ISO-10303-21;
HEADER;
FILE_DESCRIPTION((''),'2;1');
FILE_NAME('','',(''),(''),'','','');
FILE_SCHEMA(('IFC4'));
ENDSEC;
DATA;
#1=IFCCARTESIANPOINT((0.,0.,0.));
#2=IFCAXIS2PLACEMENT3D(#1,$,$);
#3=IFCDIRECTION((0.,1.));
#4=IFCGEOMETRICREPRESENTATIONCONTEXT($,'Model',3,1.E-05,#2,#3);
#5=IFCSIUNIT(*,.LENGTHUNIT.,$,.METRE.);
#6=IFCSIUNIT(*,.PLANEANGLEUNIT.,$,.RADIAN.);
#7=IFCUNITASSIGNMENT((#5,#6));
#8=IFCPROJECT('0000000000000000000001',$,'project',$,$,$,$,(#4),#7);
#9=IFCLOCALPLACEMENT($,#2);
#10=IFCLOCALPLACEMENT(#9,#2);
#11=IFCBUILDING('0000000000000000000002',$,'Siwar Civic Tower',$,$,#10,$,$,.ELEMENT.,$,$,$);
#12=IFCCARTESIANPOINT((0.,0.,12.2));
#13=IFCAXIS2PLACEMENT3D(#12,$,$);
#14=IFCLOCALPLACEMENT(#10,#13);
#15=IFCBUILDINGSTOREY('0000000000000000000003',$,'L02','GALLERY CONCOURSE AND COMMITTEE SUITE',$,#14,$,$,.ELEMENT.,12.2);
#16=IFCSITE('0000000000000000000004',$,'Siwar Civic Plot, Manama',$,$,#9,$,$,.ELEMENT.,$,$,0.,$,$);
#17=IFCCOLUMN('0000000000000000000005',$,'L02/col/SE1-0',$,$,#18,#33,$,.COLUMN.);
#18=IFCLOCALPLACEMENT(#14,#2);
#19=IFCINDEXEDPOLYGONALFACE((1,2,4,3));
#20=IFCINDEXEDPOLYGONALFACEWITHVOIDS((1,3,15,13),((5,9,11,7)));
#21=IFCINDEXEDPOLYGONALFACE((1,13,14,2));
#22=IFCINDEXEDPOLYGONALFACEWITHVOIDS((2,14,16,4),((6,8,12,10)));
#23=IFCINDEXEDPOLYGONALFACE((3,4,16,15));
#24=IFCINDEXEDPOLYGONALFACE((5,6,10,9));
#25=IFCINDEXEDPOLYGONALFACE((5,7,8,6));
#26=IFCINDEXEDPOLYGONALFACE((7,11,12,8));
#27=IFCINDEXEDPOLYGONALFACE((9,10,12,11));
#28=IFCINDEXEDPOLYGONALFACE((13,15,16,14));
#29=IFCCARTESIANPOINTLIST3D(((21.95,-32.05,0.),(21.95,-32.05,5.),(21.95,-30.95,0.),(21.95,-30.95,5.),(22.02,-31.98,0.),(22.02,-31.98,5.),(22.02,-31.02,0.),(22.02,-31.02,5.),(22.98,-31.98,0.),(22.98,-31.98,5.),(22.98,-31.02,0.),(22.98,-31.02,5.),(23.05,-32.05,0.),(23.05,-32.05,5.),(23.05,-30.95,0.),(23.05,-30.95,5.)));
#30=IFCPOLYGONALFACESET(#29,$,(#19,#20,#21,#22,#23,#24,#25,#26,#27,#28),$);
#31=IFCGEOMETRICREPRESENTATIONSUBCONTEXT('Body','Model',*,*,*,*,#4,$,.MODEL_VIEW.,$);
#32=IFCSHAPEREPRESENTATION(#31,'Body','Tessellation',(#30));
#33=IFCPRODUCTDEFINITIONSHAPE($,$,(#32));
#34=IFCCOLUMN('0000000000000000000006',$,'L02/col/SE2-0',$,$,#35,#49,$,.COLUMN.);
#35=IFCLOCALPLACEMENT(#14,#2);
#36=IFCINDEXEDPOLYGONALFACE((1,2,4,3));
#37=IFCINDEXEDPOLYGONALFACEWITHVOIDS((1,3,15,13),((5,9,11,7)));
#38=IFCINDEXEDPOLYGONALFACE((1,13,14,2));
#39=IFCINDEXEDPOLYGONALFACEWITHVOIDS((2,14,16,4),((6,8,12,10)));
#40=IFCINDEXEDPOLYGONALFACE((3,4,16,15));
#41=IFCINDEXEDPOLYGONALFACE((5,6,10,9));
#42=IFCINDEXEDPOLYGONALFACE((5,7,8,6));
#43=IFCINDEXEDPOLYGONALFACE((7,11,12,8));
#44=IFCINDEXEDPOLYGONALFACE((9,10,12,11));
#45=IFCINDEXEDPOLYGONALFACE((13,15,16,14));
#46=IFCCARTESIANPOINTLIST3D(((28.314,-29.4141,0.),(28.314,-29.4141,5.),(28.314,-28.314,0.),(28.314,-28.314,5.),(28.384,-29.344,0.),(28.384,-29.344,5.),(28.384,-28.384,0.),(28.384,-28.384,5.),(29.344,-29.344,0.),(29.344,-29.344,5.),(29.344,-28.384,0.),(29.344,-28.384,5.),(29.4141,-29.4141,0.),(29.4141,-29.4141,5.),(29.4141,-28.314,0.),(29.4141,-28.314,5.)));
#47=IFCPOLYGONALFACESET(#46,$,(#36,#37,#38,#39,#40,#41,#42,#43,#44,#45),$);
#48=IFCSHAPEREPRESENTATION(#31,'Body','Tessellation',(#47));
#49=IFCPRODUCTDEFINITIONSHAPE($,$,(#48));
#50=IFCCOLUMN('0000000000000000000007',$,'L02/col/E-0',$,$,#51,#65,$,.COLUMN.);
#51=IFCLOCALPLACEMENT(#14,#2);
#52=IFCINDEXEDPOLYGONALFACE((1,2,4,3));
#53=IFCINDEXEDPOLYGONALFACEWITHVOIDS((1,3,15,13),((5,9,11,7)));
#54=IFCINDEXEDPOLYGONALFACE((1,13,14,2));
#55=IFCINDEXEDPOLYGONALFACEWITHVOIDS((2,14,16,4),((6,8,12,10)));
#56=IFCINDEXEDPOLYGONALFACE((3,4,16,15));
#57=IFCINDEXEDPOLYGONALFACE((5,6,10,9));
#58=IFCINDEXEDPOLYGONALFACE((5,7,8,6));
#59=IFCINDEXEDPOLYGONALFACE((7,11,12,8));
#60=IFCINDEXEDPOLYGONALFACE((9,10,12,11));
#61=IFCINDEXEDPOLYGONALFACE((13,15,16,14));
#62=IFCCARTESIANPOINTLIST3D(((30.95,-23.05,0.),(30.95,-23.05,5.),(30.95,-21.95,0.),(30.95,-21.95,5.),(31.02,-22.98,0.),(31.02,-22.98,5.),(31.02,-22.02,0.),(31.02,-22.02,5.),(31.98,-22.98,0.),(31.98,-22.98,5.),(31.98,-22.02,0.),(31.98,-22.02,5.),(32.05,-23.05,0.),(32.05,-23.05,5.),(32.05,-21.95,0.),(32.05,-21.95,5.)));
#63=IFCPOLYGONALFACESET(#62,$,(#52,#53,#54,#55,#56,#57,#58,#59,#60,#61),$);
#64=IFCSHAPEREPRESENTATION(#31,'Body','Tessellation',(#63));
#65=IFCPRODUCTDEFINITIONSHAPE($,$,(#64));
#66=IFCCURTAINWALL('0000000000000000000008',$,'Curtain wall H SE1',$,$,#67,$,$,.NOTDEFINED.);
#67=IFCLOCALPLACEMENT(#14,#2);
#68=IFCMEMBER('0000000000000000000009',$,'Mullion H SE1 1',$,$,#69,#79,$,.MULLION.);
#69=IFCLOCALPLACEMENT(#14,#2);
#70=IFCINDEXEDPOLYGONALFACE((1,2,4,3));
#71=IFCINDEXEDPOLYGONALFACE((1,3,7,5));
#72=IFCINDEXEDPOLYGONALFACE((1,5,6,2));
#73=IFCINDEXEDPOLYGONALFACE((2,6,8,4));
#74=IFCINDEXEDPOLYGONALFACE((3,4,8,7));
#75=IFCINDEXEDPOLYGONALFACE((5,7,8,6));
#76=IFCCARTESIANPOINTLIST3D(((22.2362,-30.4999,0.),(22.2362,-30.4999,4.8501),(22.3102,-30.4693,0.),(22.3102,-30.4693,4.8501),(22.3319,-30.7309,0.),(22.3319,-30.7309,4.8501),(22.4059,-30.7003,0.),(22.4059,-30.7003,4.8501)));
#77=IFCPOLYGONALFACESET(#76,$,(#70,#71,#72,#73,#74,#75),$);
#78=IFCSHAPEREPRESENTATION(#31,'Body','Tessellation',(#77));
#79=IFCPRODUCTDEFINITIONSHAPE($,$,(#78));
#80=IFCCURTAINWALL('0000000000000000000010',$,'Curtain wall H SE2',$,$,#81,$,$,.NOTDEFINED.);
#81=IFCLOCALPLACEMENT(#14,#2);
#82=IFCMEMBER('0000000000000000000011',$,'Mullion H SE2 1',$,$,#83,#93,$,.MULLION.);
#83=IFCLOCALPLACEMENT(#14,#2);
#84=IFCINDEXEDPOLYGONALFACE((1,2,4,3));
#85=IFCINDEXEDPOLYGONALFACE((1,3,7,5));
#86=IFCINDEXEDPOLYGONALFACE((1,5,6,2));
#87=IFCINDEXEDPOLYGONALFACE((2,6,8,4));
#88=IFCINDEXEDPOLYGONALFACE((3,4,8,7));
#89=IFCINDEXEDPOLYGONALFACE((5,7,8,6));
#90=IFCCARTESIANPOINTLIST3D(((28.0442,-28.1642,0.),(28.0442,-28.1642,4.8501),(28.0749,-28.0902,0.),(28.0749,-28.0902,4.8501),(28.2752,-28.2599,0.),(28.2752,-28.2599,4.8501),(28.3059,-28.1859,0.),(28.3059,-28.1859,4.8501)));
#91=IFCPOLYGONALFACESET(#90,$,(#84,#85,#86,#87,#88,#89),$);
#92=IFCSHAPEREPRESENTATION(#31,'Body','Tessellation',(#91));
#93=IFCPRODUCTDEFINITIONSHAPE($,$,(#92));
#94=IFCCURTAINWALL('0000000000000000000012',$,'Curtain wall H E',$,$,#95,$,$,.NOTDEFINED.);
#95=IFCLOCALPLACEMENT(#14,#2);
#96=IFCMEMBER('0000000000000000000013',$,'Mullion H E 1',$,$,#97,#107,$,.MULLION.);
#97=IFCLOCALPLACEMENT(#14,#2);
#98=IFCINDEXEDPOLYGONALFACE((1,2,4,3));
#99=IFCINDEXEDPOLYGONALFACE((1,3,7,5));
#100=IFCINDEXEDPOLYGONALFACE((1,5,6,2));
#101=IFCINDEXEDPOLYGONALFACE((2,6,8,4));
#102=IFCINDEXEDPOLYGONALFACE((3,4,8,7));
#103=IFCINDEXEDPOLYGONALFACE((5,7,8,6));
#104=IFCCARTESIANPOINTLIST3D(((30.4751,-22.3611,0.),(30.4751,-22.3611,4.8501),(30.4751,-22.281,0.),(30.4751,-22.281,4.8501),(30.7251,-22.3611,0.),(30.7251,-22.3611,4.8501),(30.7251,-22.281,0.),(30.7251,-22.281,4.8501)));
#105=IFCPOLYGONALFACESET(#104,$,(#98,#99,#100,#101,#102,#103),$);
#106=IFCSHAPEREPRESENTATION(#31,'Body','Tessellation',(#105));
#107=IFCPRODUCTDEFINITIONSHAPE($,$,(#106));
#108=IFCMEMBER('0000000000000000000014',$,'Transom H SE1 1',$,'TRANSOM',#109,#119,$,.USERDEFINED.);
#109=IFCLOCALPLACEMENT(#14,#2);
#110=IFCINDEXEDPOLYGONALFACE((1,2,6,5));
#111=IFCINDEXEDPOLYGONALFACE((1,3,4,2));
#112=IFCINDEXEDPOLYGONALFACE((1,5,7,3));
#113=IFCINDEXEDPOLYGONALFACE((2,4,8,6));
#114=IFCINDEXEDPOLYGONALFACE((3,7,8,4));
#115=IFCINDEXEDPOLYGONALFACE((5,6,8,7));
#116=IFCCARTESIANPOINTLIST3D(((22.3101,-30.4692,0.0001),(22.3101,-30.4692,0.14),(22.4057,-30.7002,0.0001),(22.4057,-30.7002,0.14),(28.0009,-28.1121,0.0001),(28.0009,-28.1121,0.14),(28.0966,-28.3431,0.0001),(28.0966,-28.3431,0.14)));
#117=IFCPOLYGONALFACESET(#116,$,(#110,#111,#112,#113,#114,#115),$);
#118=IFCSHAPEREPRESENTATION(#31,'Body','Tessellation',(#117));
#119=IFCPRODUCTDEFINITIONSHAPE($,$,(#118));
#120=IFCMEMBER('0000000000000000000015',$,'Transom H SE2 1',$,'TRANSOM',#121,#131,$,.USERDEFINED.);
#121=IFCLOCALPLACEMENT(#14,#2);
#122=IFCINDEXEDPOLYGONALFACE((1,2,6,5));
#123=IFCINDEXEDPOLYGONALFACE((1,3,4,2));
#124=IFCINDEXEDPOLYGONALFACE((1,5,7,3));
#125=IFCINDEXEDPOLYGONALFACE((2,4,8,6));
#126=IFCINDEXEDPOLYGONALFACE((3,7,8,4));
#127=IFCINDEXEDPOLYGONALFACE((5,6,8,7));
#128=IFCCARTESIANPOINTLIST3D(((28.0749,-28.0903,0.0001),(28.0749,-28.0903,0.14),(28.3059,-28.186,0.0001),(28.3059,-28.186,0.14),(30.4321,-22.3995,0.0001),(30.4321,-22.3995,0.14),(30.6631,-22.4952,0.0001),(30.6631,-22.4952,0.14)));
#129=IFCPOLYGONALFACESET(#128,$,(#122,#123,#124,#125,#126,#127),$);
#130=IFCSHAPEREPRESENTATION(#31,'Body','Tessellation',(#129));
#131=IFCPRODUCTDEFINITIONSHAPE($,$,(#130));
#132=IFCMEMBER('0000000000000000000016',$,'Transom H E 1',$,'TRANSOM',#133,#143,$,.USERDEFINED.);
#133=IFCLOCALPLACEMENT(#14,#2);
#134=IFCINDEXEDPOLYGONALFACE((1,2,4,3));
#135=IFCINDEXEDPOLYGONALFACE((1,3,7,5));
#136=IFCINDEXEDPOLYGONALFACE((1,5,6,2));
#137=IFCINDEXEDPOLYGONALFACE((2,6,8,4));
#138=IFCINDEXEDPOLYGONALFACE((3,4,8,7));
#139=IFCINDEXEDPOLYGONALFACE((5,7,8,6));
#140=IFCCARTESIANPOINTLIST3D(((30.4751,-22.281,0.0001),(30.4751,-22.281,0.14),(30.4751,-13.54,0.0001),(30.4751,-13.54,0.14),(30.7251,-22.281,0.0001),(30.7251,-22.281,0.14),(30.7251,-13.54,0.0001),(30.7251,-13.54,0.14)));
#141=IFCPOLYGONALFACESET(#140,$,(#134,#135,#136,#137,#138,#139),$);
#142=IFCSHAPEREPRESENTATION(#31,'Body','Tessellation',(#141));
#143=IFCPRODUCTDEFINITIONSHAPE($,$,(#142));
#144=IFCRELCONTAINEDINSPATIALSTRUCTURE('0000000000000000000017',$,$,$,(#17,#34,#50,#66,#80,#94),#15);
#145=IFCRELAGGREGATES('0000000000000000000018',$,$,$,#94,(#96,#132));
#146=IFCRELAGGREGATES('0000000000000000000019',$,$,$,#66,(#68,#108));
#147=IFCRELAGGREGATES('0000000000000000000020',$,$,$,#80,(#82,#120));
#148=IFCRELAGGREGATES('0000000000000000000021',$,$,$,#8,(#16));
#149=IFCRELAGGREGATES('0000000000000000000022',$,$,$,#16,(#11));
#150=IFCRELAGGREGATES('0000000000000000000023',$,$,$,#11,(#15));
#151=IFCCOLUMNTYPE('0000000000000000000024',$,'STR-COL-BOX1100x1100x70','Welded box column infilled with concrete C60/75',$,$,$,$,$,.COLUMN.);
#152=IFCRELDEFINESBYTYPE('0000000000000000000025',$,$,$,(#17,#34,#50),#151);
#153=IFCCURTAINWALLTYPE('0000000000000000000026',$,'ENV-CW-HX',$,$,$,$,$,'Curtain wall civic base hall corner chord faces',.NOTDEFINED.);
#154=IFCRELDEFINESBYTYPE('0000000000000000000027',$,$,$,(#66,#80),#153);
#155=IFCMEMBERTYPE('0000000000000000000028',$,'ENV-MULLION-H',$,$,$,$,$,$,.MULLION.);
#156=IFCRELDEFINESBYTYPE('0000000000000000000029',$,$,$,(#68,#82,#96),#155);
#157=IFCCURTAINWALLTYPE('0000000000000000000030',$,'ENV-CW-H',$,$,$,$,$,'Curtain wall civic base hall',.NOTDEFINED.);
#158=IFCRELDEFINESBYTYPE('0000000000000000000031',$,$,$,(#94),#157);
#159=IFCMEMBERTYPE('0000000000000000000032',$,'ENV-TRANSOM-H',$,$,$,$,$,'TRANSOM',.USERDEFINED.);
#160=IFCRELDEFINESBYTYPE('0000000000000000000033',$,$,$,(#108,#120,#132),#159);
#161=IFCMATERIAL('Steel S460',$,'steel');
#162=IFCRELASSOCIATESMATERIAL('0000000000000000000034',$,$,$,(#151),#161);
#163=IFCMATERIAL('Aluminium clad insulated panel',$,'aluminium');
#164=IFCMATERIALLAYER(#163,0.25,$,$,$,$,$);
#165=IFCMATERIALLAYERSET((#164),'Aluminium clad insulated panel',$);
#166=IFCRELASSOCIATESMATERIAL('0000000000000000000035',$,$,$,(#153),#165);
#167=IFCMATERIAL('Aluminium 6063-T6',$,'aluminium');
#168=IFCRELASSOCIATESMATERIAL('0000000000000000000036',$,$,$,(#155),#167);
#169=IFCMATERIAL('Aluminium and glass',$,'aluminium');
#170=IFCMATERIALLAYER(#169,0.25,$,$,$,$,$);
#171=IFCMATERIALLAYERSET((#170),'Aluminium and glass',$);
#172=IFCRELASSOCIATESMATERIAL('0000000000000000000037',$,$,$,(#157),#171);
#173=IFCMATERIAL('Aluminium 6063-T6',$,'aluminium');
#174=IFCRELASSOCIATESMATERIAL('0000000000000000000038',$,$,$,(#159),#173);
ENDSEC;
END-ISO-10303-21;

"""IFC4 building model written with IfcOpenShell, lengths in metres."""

from ifc_helpers import new_model, si_unit, direction, frame, origin, origin_2d, place, context, subcontext, project, spatial, rectangle, hollow_rectangle, extrude, material, layer, layer_set, material_profile, profile_set, type_object, element, aggregate, save


model = new_model("IFC4")

# Units and contexts
model_context = context("Model", 3, precision=1e-05, world=origin(), true_north=direction((0.0, 1.0)))
body_context = subcontext(model_context, "Body", "Model", "MODEL_VIEW")
ifc_project = project(units=[si_unit("LENGTHUNIT", "METRE"), si_unit("PLANEANGLEUNIT", "RADIAN")], contexts=[model_context])

# Site, building, storey
site_placement = place(None, origin())
site = spatial("IfcSite", under=ifc_project, at=site_placement, Name="Siwar Civic Plot, Manama", CompositionType="ELEMENT", RefElevation=0.0)
building_placement = place(site_placement, origin())
building = spatial("IfcBuilding", under=site, at=building_placement, Name="Siwar Civic Tower", CompositionType="ELEMENT")
storey_placement = place(building_placement, frame((0.0, 0.0, 12.2)))
storey = spatial("IfcBuildingStorey", under=building, at=storey_placement, Name="L02", Description="GALLERY CONCOURSE AND COMMITTEE SUITE", CompositionType="ELEMENT", Elevation=12.2)

# Columns
ifc_material_1 = material(Name="Steel S460", Category="steel")
ifc_material_profile_1 = material_profile(ifc_material_1, hollow_rectangle(XDim=1.1001, YDim=1.1001, WallThickness=0.0701, at=origin_2d()), Name="BOX1100x1100x70")
ifc_profile_set_1 = profile_set([ifc_material_profile_1], Name="Steel S460")
column_type = type_object("IfcColumnType", Name="STR-COL-BOX1100x1100x70", Description="Welded box column infilled with concrete C60/75", PredefinedType="COLUMN", material=ifc_profile_set_1)
for number, where, z_axis, x_axis, name in (
    (1, (22.5, -31.5, 0.0), (0.0, 0.0, 1.0), (1.0, 0.0, 0.0), "L02/col/SE1-0"),
    (2, (28.864, -28.864, 0.0), (0.0, 0.0, 1.0), (1.0, 0.0, 0.0), "L02/col/SE2-0"),
    (3, (31.5, -22.5, 0.0), (0.0, 0.0, 1.0), (1.0, 0.0, 0.0), "L02/col/E-0"),
):
    element("IfcColumn", number, at=place(storey_placement, frame(where, z_axis=z_axis, x_axis=x_axis)), inside=storey, type_object=column_type, Name=name, PredefinedType="COLUMN", context=body_context, shape_type="SweptSolid", body=[
        extrude(hollow_rectangle(XDim=1.1001, YDim=1.1001, WallThickness=0.0701, at=origin_2d()), origin(), (0.0, 0.0, 1.0), 5.0),
    ])

# Curtain walls, members
ifc_material_2 = material(Name="Aluminium clad insulated panel", Category="aluminium")
ifc_layer_1 = layer(ifc_material_2, 0.25)
ifc_layer_set_1 = layer_set([ifc_layer_1], Name="Aluminium clad insulated panel")
curtain_wall_type_1 = type_object("IfcCurtainWallType", Name="ENV-CW-HX", ElementType="Curtain wall civic base hall corner chord faces", PredefinedType="NOTDEFINED", material=ifc_layer_set_1)
curtain_wall_1_placement = place(storey_placement, origin())
curtain_wall_1 = element("IfcCurtainWall", 4, at=curtain_wall_1_placement, inside=storey, type_object=curtain_wall_type_1, Name="Curtain wall H SE1", PredefinedType="NOTDEFINED")
ifc_material_3 = material(Name="Aluminium 6063-T6", Category="aluminium")
ifc_material_profile_2 = material_profile(ifc_material_3, rectangle(XDim=0.25, YDim=0.0801, at=origin_2d()), Name="AL 250x80")
ifc_profile_set_2 = profile_set([ifc_material_profile_2], Name="Aluminium 6063-T6")
member_type_1 = type_object("IfcMemberType", Name="ENV-MULLION-H", PredefinedType="MULLION", material=ifc_profile_set_2)
member_1_placement = place(storey_placement, frame((22.321, -30.6001, 0.0), z_axis=(0.0, 0.0, 1.0), x_axis=(-0.382683, 0.92388, 0.0)))
member_1 = element("IfcMember", 5, at=member_1_placement, type_object=member_type_1, Name="Mullion H SE1 1", PredefinedType="MULLION", context=body_context, shape_type="SweptSolid", body=[
    extrude(rectangle(XDim=0.25, YDim=0.0801, at=origin_2d()), origin(), (0.0, 0.0, 1.0), 4.8501),
])
curtain_wall_2_placement = place(storey_placement, origin())
curtain_wall_2 = element("IfcCurtainWall", 6, at=curtain_wall_2_placement, inside=storey, type_object=curtain_wall_type_1, Name="Curtain wall H SE2", PredefinedType="NOTDEFINED")
member_2_placement = place(storey_placement, frame((28.175, -28.175, 0.0), z_axis=(0.0, 0.0, 1.0), x_axis=(-0.92388, 0.382683, 0.0)))
member_2 = element("IfcMember", 7, at=member_2_placement, type_object=member_type_1, Name="Mullion H SE2 1", PredefinedType="MULLION", context=body_context, shape_type="SweptSolid", body=[
    extrude(rectangle(XDim=0.25, YDim=0.0801, at=origin_2d()), origin(), (0.0, 0.0, 1.0), 4.8501),
])
ifc_material_4 = material(Name="Aluminium and glass", Category="aluminium")
ifc_layer_2 = layer(ifc_material_4, 0.25)
ifc_layer_set_2 = layer_set([ifc_layer_2], Name="Aluminium and glass")
curtain_wall_type_2 = type_object("IfcCurtainWallType", Name="ENV-CW-H", ElementType="Curtain wall civic base hall", PredefinedType="NOTDEFINED", material=ifc_layer_set_2)
curtain_wall_3_placement = place(storey_placement, origin())
curtain_wall_3 = element("IfcCurtainWall", 8, at=curtain_wall_3_placement, inside=storey, type_object=curtain_wall_type_2, Name="Curtain wall H E", PredefinedType="NOTDEFINED")
member_3_placement = place(storey_placement, frame((30.6001, -22.321, 0.0), z_axis=(0.0, 0.0, 1.0), x_axis=(-1.0, 0.0, 0.0)))
member_3 = element("IfcMember", 9, at=member_3_placement, type_object=member_type_1, Name="Mullion H E 1", PredefinedType="MULLION", context=body_context, shape_type="SweptSolid", body=[
    extrude(rectangle(XDim=0.25, YDim=0.0801, at=origin_2d()), origin(), (0.0, 0.0, 1.0), 4.8501),
])

# Members
ifc_material_5 = material(Name="Aluminium 6063-T6", Category="aluminium")
ifc_material_profile_3 = material_profile(ifc_material_5, rectangle(XDim=0.25, YDim=0.1399, at=origin_2d()), Name="AL 250x140")
ifc_profile_set_3 = profile_set([ifc_material_profile_3], Name="Aluminium 6063-T6")
member_type_2 = type_object("IfcMemberType", Name="ENV-TRANSOM-H", ElementType="TRANSOM", PredefinedType="USERDEFINED", material=ifc_profile_set_3)
member_4_placement = place(storey_placement, frame((22.3579, -30.5847, 0.0701), z_axis=(0.923884, 0.382673, 0.0), x_axis=(-0.382673, 0.923884, 0.0)))
member_4 = element("IfcMember", 10, at=member_4_placement, type_object=member_type_2, Name="Transom H SE1 1", ObjectType="TRANSOM", PredefinedType="USERDEFINED", context=body_context, shape_type="SweptSolid", body=[
    extrude(rectangle(XDim=0.25, YDim=0.1399, at=origin_2d()), origin(), (0.0, 0.0, 1.0), 6.1597),
])
member_5_placement = place(storey_placement, frame((28.1904, -28.1382, 0.0701), z_axis=(0.382673, 0.923884, 0.0), x_axis=(-0.923884, 0.382673, 0.0)))
member_5 = element("IfcMember", 11, at=member_5_placement, type_object=member_type_2, Name="Transom H SE2 1", ObjectType="TRANSOM", PredefinedType="USERDEFINED", context=body_context, shape_type="SweptSolid", body=[
    extrude(rectangle(XDim=0.25, YDim=0.1399, at=origin_2d()), origin(), (0.0, 0.0, 1.0), 6.1597),
])
member_6_placement = place(storey_placement, frame((30.6001, -22.281, 0.0701), z_axis=(0.0, 1.0, 0.0), x_axis=(-1.0, 0.0, 0.0)))
member_6 = element("IfcMember", 12, at=member_6_placement, type_object=member_type_2, Name="Transom H E 1", ObjectType="TRANSOM", PredefinedType="USERDEFINED", context=body_context, shape_type="SweptSolid", body=[
    extrude(rectangle(XDim=0.25, YDim=0.1399, at=origin_2d()), origin(), (0.0, 0.0, 1.0), 8.741),
])
aggregate(curtain_wall_3, [member_3, member_6])

aggregate(curtain_wall_1, [member_1, member_4])
aggregate(curtain_wall_2, [member_2, member_5])

save(model, "model.ifc")
